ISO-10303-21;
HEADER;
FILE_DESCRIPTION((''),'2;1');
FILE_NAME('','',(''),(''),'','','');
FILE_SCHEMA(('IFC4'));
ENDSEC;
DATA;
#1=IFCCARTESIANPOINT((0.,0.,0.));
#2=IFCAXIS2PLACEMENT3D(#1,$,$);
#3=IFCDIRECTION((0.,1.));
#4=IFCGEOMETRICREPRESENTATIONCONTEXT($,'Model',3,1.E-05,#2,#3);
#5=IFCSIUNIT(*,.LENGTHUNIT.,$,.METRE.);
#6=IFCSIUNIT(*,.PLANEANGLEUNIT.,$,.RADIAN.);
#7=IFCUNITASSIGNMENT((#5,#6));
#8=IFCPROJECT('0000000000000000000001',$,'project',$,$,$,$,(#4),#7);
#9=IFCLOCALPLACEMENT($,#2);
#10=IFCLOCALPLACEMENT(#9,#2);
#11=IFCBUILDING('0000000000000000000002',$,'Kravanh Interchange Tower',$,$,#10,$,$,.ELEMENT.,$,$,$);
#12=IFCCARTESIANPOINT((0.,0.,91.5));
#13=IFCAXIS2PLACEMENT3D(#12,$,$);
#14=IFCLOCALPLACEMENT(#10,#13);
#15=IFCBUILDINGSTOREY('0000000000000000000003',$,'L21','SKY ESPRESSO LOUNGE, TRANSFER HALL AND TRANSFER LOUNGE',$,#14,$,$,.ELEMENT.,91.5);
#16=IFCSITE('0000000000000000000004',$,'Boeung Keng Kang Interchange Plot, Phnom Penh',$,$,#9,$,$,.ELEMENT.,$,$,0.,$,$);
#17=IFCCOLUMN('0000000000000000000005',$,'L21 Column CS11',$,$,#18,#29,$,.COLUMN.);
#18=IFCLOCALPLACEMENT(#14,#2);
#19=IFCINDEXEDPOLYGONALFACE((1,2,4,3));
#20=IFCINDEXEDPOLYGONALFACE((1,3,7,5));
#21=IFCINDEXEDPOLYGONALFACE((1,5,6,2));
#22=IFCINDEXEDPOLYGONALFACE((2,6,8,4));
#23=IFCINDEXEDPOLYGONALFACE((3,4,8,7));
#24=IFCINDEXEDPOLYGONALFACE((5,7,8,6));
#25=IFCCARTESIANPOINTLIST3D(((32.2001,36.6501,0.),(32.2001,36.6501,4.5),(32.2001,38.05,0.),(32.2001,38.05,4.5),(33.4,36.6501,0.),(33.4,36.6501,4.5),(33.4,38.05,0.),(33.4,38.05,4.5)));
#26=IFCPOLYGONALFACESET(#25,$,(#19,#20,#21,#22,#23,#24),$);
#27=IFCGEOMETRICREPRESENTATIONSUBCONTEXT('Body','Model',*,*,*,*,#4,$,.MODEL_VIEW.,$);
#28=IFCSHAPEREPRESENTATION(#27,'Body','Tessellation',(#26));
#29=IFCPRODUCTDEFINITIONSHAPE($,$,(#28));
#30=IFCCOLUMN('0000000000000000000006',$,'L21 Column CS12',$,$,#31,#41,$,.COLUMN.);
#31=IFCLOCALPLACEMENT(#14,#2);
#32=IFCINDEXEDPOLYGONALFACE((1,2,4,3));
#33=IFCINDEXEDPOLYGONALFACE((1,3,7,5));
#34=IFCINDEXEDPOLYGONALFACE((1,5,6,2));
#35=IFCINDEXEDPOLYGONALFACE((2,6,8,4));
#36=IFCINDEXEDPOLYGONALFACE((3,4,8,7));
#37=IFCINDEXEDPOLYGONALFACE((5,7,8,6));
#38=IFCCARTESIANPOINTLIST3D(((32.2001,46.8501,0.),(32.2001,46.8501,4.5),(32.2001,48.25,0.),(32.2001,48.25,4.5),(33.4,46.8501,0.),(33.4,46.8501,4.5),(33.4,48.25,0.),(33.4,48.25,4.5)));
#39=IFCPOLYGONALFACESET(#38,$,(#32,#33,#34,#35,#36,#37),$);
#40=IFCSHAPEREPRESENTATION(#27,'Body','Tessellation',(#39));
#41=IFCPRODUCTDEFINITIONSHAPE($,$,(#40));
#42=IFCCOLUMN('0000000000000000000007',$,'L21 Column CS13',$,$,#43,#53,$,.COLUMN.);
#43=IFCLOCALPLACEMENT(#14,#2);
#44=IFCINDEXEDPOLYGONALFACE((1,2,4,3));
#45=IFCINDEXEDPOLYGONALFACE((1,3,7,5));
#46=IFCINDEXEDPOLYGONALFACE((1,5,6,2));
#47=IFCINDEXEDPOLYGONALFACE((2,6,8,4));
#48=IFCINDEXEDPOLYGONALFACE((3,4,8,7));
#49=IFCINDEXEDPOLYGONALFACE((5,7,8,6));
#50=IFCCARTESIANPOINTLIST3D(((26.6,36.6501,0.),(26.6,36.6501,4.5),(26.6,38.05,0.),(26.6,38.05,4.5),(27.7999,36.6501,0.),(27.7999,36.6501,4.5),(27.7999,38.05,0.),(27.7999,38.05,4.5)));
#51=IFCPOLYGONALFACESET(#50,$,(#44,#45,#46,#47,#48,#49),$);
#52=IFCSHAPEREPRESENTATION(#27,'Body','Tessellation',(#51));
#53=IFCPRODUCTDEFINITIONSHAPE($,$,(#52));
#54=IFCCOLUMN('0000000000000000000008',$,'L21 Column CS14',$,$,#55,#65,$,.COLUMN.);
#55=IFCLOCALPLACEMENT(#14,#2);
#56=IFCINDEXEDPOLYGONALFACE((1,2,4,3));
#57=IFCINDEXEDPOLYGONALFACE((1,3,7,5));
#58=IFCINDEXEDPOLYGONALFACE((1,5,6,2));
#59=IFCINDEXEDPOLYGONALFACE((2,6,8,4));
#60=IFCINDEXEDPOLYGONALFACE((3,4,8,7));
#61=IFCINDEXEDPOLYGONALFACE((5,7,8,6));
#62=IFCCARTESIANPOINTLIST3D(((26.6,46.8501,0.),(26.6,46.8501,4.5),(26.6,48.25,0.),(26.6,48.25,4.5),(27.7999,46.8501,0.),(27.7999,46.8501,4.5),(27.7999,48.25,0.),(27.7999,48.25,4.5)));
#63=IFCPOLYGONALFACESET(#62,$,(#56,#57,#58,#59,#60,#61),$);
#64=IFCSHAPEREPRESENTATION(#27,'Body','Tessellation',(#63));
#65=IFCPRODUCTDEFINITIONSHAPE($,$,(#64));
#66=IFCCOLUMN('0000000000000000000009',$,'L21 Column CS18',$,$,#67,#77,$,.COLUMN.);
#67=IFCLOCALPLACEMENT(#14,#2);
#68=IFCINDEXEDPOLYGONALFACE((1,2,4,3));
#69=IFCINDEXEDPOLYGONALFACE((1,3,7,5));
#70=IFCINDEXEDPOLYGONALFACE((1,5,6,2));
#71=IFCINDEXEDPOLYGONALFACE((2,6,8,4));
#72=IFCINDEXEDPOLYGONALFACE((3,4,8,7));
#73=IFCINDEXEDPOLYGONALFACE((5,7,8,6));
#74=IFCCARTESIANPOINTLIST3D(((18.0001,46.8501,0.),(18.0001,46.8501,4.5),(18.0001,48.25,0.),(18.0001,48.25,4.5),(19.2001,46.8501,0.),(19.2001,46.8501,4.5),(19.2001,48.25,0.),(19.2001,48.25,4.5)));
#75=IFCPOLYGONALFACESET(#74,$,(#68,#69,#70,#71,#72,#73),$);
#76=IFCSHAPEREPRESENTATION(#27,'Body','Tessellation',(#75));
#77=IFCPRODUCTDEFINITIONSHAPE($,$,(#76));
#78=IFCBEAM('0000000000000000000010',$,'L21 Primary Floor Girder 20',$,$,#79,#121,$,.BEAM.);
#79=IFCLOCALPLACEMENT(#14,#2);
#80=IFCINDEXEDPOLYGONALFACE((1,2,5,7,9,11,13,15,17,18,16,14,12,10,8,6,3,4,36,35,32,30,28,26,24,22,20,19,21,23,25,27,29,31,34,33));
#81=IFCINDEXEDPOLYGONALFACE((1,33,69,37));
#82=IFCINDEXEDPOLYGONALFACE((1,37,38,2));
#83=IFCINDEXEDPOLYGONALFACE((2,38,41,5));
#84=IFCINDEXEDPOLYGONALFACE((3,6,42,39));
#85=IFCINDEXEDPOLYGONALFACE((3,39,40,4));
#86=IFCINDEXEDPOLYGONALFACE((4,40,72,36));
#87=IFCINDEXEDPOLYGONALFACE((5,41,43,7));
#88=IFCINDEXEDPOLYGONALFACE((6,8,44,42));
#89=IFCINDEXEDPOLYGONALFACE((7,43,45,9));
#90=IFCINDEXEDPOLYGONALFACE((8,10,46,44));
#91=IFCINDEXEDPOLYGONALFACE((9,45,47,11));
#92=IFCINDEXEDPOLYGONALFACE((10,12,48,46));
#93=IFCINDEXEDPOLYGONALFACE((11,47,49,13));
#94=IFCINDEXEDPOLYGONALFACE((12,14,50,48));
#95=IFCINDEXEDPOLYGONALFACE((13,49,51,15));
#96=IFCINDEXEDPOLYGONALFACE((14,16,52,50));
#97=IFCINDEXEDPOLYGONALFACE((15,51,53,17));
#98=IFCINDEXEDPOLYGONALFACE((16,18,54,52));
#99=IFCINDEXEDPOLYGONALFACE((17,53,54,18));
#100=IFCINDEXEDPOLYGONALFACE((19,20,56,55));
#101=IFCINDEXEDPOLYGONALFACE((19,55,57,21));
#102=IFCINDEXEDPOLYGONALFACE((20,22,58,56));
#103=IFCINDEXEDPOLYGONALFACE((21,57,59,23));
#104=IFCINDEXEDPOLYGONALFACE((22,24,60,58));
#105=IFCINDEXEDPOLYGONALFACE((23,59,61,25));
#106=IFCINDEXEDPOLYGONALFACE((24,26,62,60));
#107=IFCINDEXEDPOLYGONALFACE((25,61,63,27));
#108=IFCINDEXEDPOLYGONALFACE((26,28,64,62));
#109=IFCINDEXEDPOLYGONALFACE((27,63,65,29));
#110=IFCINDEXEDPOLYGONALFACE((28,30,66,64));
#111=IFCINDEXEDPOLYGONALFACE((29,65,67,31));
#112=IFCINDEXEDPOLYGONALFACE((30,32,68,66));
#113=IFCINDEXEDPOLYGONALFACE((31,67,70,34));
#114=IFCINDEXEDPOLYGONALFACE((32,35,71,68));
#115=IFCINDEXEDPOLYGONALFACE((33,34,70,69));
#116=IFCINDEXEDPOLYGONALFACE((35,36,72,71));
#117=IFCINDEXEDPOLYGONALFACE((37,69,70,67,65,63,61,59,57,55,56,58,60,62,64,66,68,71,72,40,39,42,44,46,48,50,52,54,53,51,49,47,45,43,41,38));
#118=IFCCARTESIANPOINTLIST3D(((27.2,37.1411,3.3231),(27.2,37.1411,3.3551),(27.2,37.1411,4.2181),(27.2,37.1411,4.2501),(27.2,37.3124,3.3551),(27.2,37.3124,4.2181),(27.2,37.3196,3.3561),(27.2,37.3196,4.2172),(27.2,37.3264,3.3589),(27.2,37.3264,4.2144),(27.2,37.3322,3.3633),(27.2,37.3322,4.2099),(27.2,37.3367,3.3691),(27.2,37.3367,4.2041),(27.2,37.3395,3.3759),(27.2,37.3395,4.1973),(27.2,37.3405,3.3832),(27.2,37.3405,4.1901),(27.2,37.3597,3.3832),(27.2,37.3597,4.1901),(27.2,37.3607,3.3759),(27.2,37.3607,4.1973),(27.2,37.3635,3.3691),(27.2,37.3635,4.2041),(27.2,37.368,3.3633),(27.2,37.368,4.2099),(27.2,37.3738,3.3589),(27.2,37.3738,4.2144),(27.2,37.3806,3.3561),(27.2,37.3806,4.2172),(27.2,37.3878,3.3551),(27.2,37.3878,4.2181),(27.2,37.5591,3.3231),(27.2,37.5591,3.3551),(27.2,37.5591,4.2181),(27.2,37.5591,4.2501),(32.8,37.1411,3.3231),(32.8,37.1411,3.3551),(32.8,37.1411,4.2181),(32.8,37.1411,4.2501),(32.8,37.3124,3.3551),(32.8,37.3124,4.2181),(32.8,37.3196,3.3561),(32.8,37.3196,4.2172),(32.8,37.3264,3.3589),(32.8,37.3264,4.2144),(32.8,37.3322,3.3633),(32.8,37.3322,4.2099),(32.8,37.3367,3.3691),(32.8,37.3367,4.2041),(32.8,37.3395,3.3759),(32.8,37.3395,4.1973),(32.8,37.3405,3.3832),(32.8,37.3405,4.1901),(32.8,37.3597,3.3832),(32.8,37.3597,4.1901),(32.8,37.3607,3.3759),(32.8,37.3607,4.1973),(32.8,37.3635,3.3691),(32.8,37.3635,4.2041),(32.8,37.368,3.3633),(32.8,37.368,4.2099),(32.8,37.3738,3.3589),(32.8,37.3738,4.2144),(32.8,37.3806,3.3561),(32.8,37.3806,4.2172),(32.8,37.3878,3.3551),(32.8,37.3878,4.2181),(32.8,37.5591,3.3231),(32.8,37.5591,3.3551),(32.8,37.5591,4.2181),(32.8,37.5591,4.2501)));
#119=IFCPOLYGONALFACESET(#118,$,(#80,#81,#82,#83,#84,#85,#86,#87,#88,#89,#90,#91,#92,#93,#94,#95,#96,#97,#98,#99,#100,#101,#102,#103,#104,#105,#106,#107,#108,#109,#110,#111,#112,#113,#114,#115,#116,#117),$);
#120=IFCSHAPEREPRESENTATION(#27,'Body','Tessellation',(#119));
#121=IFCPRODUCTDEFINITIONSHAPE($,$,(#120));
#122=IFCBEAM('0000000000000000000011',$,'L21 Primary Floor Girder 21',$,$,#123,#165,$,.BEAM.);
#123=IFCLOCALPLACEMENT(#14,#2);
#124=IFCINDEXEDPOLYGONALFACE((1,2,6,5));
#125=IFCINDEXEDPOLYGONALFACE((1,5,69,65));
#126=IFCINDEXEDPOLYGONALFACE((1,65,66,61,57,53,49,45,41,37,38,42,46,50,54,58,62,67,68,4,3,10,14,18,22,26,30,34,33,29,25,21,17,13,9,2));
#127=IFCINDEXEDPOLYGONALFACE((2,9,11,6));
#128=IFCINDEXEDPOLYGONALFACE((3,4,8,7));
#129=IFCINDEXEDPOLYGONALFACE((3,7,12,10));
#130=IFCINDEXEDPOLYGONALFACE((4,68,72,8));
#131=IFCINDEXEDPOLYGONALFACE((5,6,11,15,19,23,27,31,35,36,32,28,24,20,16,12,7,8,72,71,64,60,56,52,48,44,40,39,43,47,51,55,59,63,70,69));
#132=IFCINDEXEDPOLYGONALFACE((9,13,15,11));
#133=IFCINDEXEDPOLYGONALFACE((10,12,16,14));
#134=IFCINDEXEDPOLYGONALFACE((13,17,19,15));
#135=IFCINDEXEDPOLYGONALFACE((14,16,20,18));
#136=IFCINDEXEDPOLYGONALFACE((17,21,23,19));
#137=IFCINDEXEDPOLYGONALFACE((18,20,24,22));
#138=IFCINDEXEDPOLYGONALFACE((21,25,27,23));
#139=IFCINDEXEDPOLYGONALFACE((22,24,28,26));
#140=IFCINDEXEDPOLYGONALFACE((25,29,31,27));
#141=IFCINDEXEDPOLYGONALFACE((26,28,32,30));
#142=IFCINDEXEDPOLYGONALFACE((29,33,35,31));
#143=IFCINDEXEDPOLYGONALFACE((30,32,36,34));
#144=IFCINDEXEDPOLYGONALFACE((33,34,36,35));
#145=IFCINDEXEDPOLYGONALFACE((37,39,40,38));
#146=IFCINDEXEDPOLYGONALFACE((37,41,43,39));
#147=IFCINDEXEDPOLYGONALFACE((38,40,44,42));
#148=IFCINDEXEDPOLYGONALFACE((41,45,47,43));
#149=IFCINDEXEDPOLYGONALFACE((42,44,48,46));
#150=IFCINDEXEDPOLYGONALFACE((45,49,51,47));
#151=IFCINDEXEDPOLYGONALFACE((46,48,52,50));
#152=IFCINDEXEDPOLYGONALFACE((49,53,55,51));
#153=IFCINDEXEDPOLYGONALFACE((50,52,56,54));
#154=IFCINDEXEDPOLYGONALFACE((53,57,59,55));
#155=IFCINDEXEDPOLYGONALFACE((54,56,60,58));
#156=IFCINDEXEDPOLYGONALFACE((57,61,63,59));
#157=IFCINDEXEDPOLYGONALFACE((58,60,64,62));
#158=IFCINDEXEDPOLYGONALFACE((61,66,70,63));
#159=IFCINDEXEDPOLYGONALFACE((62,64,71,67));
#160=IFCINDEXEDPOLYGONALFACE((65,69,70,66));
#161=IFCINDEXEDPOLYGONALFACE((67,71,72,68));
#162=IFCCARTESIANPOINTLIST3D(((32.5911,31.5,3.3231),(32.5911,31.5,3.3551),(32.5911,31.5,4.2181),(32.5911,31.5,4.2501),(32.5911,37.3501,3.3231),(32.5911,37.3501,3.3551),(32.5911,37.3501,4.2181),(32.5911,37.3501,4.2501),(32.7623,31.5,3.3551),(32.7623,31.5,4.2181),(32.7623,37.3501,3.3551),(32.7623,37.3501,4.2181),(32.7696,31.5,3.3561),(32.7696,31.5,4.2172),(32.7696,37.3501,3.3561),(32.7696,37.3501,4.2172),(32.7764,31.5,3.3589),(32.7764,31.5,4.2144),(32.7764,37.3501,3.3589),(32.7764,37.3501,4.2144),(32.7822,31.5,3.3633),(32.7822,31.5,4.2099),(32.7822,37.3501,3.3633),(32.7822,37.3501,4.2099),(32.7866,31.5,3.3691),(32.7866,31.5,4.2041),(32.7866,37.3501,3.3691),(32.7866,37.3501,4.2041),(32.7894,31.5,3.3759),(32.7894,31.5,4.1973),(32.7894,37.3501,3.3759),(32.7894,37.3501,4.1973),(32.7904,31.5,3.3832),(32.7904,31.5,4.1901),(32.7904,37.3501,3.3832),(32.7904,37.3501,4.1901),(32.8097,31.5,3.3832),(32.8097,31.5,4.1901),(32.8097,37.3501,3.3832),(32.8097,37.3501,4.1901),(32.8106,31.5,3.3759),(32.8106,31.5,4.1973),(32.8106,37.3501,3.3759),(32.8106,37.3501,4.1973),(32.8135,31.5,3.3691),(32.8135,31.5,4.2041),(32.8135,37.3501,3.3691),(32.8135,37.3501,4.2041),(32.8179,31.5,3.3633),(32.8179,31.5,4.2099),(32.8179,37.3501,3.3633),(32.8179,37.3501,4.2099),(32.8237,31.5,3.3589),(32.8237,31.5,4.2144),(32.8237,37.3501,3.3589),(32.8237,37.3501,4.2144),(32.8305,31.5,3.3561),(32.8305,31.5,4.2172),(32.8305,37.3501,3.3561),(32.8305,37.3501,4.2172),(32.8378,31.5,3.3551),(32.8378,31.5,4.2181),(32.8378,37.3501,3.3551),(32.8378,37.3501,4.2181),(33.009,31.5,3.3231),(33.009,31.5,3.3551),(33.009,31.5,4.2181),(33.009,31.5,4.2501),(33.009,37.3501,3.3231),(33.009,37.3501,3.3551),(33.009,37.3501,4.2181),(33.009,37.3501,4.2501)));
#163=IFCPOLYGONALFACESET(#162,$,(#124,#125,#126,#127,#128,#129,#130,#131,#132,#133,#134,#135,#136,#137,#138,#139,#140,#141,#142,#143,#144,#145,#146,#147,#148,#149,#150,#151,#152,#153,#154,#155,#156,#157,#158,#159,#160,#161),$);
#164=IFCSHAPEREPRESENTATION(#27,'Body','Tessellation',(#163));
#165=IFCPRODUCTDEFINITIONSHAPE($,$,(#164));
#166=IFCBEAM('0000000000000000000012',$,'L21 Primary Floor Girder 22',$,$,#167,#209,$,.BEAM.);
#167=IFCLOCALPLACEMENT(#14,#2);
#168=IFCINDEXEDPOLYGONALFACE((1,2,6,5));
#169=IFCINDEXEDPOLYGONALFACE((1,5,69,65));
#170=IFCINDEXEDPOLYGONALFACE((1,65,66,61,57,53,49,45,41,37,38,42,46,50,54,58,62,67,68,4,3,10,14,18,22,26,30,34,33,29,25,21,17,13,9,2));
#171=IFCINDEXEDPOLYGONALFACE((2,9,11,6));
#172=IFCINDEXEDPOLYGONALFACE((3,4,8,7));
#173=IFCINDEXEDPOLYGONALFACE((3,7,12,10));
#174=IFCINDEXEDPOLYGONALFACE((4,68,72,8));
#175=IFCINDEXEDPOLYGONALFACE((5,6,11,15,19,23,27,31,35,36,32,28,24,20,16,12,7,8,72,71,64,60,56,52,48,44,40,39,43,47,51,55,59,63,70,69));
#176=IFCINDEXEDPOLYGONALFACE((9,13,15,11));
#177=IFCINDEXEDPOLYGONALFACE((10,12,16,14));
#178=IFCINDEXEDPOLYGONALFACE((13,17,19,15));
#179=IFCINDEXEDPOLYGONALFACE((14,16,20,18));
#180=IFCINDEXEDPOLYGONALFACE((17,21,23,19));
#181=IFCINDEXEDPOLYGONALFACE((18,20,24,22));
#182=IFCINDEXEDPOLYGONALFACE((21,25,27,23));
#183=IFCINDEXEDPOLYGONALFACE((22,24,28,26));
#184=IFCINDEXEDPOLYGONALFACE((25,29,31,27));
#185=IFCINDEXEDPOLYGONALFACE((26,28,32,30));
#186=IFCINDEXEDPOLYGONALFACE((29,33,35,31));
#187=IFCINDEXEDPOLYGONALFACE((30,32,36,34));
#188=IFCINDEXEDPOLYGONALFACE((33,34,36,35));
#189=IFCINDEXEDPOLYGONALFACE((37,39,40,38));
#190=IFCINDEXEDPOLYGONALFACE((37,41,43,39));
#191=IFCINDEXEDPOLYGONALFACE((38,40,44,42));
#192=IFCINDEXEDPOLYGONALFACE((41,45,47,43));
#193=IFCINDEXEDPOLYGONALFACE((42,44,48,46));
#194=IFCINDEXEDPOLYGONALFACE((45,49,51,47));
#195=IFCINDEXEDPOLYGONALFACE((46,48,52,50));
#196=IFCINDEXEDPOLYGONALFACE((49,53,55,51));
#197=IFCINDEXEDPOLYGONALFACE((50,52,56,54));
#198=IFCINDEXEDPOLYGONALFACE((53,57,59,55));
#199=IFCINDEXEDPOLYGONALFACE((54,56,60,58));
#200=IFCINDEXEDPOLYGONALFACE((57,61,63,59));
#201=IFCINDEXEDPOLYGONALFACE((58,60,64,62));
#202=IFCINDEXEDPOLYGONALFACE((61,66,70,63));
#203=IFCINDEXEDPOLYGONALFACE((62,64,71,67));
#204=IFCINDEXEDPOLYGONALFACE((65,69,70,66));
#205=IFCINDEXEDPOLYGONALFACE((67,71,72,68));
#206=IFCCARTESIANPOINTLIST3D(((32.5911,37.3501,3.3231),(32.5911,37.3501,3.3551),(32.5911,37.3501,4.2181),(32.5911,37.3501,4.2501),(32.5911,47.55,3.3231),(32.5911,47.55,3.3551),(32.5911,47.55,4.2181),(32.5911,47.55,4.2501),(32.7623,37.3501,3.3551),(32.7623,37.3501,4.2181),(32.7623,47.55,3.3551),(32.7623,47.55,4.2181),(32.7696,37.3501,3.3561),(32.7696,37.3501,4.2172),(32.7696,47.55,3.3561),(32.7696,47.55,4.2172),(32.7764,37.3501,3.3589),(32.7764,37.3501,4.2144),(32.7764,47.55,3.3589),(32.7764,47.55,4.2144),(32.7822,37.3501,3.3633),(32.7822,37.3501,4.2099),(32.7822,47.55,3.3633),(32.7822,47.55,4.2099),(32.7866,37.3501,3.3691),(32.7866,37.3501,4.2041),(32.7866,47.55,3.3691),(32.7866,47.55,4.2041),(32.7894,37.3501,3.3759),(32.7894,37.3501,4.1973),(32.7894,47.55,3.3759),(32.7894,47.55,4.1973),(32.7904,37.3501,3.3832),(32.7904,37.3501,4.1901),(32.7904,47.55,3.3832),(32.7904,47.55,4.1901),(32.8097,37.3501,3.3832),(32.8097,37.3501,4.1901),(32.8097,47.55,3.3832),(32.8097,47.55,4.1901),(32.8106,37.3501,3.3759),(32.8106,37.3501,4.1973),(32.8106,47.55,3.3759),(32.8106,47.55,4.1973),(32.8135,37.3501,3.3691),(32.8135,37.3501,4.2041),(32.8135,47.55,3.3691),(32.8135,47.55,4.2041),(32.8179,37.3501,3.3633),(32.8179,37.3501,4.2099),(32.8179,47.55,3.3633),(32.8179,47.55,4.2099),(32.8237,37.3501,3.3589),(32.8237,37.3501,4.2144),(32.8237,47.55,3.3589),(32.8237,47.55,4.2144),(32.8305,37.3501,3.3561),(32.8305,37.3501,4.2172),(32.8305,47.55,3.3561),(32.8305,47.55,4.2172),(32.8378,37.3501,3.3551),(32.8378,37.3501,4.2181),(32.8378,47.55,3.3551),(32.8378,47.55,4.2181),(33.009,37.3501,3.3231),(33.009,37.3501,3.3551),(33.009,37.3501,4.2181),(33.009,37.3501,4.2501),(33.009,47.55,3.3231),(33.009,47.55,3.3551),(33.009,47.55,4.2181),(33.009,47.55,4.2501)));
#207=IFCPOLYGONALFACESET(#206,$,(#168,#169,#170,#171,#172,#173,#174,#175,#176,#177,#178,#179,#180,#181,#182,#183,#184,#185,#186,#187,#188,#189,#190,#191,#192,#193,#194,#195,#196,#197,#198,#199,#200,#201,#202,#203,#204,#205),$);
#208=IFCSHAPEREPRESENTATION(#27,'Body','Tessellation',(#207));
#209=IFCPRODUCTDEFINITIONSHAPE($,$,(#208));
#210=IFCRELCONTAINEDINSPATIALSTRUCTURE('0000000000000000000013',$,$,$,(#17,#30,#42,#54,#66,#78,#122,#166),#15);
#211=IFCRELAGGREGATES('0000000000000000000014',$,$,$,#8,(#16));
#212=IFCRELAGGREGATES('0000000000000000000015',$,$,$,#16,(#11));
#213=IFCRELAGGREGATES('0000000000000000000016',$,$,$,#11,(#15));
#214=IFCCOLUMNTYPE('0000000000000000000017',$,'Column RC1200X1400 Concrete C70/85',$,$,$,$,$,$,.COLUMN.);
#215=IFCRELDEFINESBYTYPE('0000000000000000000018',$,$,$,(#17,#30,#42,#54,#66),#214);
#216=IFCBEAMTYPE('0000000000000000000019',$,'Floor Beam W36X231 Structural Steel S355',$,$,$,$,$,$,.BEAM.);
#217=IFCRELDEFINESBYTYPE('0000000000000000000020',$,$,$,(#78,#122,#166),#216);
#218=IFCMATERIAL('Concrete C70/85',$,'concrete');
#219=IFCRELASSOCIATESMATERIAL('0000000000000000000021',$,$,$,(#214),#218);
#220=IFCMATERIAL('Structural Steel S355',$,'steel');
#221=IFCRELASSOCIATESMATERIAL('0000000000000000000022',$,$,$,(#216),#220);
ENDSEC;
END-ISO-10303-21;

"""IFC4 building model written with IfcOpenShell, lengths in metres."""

from ifc_helpers import new_model, si_unit, direction, frame, origin, origin_2d, place, context, subcontext, project, spatial, rectangle, i_section, extrude, material, material_profile, profile_set, type_object, element, save


model = new_model("IFC4")

# Units and contexts
model_context = context("Model", 3, precision=1e-05, world=origin(), true_north=direction((0.0, 1.0)))
body_context = subcontext(model_context, "Body", "Model", "MODEL_VIEW")
ifc_project = project(units=[si_unit("LENGTHUNIT", "METRE"), si_unit("PLANEANGLEUNIT", "RADIAN")], contexts=[model_context])

# Site, building, storey
site_placement = place(None, origin())
site = spatial("IfcSite", under=ifc_project, at=site_placement, Name="Boeung Keng Kang Interchange Plot, Phnom Penh", CompositionType="ELEMENT", RefElevation=0.0)
building_placement = place(site_placement, origin())
building = spatial("IfcBuilding", under=site, at=building_placement, Name="Kravanh Interchange Tower", CompositionType="ELEMENT")
storey_placement = place(building_placement, frame((0.0, 0.0, 91.5)))
storey = spatial("IfcBuildingStorey", under=building, at=storey_placement, Name="L21", Description="SKY ESPRESSO LOUNGE, TRANSFER HALL AND TRANSFER LOUNGE", CompositionType="ELEMENT", Elevation=91.5)

# Columns
ifc_material_1 = material(Name="Concrete C70/85", Category="concrete")
ifc_material_profile_1 = material_profile(ifc_material_1, rectangle(XDim=1.2, YDim=1.3999, at=origin_2d()), Name="RC1200X1400")
ifc_profile_set_1 = profile_set([ifc_material_profile_1], Name="Concrete C70/85")
column_type = type_object("IfcColumnType", Name="Column RC1200X1400 Concrete C70/85", PredefinedType="COLUMN", material=ifc_profile_set_1)
for number, where, z_axis, x_axis, name in (
    (1, (32.8, 37.3501, 0.0), (0.0, 0.0, 1.0), (1.0, 0.0, 0.0), "L21 Column CS11"),
    (2, (32.8, 47.55, 0.0), (0.0, 0.0, 1.0), (1.0, 0.0, 0.0), "L21 Column CS12"),
    (3, (27.2, 37.3501, 0.0), (0.0, 0.0, 1.0), (1.0, 0.0, 0.0), "L21 Column CS13"),
    (4, (27.2, 47.55, 0.0), (0.0, 0.0, 1.0), (1.0, 0.0, 0.0), "L21 Column CS14"),
    (5, (18.6001, 47.55, 0.0), (0.0, 0.0, 1.0), (1.0, 0.0, 0.0), "L21 Column CS18"),
):
    element("IfcColumn", number, at=place(storey_placement, frame(where, z_axis=z_axis, x_axis=x_axis)), inside=storey, type_object=column_type, Name=name, PredefinedType="COLUMN", context=body_context, shape_type="SweptSolid", body=[
        extrude(rectangle(XDim=1.2, YDim=1.3999, at=origin_2d()), origin(), (0.0, 0.0, 1.0), 4.5),
    ])

# Beams
ifc_material_2 = material(Name="Structural Steel S355", Category="steel")
ifc_material_profile_2 = material_profile(ifc_material_2, i_section(OverallWidth=0.418, OverallDepth=0.927, WebThickness=0.0193, FlangeThickness=0.032, FilletRadius=0.0281, at=origin_2d()), Name="W36X231")
ifc_profile_set_2 = profile_set([ifc_material_profile_2], Name="Structural Steel S355")
beam_type = type_object("IfcBeamType", Name="Floor Beam W36X231 Structural Steel S355", PredefinedType="BEAM", material=ifc_profile_set_2)
beam_1_placement = place(storey_placement, frame((32.8, 37.3501, 3.7866), z_axis=(-1.0, 0.0, 0.0), x_axis=(0.0, -1.0, 0.0)))
element("IfcBeam", 6, at=beam_1_placement, inside=storey, type_object=beam_type, Name="L21 Primary Floor Girder 20", PredefinedType="BEAM", context=body_context, shape_type="SweptSolid", body=[
    extrude(i_section(OverallWidth=0.418, OverallDepth=0.927, WebThickness=0.0193, FlangeThickness=0.032, FilletRadius=0.0281, at=origin_2d()), origin(), (0.0, 0.0, 1.0), 5.6001),
])
beam_2_placement = place(storey_placement, frame((32.8, 37.3501, 3.7866), z_axis=(0.0, -1.0, 0.0), x_axis=(1.0, 0.0, 0.0)))
element("IfcBeam", 7, at=beam_2_placement, inside=storey, type_object=beam_type, Name="L21 Primary Floor Girder 21", PredefinedType="BEAM", context=body_context, shape_type="SweptSolid", body=[
    extrude(i_section(OverallWidth=0.418, OverallDepth=0.927, WebThickness=0.0193, FlangeThickness=0.032, FilletRadius=0.0281, at=origin_2d()), origin(), (0.0, 0.0, 1.0), 5.8501),
])
beam_3_placement = place(storey_placement, frame((32.8, 37.3501, 3.7866), z_axis=(0.0, 1.0, 0.0), x_axis=(-1.0, 0.0, 0.0)))
element("IfcBeam", 8, at=beam_3_placement, inside=storey, type_object=beam_type, Name="L21 Primary Floor Girder 22", PredefinedType="BEAM", context=body_context, shape_type="SweptSolid", body=[
    extrude(i_section(OverallWidth=0.418, OverallDepth=0.927, WebThickness=0.0193, FlangeThickness=0.032, FilletRadius=0.0281, at=origin_2d()), origin(), (0.0, 0.0, 1.0), 10.2),
])

save(model, "model.ifc")
